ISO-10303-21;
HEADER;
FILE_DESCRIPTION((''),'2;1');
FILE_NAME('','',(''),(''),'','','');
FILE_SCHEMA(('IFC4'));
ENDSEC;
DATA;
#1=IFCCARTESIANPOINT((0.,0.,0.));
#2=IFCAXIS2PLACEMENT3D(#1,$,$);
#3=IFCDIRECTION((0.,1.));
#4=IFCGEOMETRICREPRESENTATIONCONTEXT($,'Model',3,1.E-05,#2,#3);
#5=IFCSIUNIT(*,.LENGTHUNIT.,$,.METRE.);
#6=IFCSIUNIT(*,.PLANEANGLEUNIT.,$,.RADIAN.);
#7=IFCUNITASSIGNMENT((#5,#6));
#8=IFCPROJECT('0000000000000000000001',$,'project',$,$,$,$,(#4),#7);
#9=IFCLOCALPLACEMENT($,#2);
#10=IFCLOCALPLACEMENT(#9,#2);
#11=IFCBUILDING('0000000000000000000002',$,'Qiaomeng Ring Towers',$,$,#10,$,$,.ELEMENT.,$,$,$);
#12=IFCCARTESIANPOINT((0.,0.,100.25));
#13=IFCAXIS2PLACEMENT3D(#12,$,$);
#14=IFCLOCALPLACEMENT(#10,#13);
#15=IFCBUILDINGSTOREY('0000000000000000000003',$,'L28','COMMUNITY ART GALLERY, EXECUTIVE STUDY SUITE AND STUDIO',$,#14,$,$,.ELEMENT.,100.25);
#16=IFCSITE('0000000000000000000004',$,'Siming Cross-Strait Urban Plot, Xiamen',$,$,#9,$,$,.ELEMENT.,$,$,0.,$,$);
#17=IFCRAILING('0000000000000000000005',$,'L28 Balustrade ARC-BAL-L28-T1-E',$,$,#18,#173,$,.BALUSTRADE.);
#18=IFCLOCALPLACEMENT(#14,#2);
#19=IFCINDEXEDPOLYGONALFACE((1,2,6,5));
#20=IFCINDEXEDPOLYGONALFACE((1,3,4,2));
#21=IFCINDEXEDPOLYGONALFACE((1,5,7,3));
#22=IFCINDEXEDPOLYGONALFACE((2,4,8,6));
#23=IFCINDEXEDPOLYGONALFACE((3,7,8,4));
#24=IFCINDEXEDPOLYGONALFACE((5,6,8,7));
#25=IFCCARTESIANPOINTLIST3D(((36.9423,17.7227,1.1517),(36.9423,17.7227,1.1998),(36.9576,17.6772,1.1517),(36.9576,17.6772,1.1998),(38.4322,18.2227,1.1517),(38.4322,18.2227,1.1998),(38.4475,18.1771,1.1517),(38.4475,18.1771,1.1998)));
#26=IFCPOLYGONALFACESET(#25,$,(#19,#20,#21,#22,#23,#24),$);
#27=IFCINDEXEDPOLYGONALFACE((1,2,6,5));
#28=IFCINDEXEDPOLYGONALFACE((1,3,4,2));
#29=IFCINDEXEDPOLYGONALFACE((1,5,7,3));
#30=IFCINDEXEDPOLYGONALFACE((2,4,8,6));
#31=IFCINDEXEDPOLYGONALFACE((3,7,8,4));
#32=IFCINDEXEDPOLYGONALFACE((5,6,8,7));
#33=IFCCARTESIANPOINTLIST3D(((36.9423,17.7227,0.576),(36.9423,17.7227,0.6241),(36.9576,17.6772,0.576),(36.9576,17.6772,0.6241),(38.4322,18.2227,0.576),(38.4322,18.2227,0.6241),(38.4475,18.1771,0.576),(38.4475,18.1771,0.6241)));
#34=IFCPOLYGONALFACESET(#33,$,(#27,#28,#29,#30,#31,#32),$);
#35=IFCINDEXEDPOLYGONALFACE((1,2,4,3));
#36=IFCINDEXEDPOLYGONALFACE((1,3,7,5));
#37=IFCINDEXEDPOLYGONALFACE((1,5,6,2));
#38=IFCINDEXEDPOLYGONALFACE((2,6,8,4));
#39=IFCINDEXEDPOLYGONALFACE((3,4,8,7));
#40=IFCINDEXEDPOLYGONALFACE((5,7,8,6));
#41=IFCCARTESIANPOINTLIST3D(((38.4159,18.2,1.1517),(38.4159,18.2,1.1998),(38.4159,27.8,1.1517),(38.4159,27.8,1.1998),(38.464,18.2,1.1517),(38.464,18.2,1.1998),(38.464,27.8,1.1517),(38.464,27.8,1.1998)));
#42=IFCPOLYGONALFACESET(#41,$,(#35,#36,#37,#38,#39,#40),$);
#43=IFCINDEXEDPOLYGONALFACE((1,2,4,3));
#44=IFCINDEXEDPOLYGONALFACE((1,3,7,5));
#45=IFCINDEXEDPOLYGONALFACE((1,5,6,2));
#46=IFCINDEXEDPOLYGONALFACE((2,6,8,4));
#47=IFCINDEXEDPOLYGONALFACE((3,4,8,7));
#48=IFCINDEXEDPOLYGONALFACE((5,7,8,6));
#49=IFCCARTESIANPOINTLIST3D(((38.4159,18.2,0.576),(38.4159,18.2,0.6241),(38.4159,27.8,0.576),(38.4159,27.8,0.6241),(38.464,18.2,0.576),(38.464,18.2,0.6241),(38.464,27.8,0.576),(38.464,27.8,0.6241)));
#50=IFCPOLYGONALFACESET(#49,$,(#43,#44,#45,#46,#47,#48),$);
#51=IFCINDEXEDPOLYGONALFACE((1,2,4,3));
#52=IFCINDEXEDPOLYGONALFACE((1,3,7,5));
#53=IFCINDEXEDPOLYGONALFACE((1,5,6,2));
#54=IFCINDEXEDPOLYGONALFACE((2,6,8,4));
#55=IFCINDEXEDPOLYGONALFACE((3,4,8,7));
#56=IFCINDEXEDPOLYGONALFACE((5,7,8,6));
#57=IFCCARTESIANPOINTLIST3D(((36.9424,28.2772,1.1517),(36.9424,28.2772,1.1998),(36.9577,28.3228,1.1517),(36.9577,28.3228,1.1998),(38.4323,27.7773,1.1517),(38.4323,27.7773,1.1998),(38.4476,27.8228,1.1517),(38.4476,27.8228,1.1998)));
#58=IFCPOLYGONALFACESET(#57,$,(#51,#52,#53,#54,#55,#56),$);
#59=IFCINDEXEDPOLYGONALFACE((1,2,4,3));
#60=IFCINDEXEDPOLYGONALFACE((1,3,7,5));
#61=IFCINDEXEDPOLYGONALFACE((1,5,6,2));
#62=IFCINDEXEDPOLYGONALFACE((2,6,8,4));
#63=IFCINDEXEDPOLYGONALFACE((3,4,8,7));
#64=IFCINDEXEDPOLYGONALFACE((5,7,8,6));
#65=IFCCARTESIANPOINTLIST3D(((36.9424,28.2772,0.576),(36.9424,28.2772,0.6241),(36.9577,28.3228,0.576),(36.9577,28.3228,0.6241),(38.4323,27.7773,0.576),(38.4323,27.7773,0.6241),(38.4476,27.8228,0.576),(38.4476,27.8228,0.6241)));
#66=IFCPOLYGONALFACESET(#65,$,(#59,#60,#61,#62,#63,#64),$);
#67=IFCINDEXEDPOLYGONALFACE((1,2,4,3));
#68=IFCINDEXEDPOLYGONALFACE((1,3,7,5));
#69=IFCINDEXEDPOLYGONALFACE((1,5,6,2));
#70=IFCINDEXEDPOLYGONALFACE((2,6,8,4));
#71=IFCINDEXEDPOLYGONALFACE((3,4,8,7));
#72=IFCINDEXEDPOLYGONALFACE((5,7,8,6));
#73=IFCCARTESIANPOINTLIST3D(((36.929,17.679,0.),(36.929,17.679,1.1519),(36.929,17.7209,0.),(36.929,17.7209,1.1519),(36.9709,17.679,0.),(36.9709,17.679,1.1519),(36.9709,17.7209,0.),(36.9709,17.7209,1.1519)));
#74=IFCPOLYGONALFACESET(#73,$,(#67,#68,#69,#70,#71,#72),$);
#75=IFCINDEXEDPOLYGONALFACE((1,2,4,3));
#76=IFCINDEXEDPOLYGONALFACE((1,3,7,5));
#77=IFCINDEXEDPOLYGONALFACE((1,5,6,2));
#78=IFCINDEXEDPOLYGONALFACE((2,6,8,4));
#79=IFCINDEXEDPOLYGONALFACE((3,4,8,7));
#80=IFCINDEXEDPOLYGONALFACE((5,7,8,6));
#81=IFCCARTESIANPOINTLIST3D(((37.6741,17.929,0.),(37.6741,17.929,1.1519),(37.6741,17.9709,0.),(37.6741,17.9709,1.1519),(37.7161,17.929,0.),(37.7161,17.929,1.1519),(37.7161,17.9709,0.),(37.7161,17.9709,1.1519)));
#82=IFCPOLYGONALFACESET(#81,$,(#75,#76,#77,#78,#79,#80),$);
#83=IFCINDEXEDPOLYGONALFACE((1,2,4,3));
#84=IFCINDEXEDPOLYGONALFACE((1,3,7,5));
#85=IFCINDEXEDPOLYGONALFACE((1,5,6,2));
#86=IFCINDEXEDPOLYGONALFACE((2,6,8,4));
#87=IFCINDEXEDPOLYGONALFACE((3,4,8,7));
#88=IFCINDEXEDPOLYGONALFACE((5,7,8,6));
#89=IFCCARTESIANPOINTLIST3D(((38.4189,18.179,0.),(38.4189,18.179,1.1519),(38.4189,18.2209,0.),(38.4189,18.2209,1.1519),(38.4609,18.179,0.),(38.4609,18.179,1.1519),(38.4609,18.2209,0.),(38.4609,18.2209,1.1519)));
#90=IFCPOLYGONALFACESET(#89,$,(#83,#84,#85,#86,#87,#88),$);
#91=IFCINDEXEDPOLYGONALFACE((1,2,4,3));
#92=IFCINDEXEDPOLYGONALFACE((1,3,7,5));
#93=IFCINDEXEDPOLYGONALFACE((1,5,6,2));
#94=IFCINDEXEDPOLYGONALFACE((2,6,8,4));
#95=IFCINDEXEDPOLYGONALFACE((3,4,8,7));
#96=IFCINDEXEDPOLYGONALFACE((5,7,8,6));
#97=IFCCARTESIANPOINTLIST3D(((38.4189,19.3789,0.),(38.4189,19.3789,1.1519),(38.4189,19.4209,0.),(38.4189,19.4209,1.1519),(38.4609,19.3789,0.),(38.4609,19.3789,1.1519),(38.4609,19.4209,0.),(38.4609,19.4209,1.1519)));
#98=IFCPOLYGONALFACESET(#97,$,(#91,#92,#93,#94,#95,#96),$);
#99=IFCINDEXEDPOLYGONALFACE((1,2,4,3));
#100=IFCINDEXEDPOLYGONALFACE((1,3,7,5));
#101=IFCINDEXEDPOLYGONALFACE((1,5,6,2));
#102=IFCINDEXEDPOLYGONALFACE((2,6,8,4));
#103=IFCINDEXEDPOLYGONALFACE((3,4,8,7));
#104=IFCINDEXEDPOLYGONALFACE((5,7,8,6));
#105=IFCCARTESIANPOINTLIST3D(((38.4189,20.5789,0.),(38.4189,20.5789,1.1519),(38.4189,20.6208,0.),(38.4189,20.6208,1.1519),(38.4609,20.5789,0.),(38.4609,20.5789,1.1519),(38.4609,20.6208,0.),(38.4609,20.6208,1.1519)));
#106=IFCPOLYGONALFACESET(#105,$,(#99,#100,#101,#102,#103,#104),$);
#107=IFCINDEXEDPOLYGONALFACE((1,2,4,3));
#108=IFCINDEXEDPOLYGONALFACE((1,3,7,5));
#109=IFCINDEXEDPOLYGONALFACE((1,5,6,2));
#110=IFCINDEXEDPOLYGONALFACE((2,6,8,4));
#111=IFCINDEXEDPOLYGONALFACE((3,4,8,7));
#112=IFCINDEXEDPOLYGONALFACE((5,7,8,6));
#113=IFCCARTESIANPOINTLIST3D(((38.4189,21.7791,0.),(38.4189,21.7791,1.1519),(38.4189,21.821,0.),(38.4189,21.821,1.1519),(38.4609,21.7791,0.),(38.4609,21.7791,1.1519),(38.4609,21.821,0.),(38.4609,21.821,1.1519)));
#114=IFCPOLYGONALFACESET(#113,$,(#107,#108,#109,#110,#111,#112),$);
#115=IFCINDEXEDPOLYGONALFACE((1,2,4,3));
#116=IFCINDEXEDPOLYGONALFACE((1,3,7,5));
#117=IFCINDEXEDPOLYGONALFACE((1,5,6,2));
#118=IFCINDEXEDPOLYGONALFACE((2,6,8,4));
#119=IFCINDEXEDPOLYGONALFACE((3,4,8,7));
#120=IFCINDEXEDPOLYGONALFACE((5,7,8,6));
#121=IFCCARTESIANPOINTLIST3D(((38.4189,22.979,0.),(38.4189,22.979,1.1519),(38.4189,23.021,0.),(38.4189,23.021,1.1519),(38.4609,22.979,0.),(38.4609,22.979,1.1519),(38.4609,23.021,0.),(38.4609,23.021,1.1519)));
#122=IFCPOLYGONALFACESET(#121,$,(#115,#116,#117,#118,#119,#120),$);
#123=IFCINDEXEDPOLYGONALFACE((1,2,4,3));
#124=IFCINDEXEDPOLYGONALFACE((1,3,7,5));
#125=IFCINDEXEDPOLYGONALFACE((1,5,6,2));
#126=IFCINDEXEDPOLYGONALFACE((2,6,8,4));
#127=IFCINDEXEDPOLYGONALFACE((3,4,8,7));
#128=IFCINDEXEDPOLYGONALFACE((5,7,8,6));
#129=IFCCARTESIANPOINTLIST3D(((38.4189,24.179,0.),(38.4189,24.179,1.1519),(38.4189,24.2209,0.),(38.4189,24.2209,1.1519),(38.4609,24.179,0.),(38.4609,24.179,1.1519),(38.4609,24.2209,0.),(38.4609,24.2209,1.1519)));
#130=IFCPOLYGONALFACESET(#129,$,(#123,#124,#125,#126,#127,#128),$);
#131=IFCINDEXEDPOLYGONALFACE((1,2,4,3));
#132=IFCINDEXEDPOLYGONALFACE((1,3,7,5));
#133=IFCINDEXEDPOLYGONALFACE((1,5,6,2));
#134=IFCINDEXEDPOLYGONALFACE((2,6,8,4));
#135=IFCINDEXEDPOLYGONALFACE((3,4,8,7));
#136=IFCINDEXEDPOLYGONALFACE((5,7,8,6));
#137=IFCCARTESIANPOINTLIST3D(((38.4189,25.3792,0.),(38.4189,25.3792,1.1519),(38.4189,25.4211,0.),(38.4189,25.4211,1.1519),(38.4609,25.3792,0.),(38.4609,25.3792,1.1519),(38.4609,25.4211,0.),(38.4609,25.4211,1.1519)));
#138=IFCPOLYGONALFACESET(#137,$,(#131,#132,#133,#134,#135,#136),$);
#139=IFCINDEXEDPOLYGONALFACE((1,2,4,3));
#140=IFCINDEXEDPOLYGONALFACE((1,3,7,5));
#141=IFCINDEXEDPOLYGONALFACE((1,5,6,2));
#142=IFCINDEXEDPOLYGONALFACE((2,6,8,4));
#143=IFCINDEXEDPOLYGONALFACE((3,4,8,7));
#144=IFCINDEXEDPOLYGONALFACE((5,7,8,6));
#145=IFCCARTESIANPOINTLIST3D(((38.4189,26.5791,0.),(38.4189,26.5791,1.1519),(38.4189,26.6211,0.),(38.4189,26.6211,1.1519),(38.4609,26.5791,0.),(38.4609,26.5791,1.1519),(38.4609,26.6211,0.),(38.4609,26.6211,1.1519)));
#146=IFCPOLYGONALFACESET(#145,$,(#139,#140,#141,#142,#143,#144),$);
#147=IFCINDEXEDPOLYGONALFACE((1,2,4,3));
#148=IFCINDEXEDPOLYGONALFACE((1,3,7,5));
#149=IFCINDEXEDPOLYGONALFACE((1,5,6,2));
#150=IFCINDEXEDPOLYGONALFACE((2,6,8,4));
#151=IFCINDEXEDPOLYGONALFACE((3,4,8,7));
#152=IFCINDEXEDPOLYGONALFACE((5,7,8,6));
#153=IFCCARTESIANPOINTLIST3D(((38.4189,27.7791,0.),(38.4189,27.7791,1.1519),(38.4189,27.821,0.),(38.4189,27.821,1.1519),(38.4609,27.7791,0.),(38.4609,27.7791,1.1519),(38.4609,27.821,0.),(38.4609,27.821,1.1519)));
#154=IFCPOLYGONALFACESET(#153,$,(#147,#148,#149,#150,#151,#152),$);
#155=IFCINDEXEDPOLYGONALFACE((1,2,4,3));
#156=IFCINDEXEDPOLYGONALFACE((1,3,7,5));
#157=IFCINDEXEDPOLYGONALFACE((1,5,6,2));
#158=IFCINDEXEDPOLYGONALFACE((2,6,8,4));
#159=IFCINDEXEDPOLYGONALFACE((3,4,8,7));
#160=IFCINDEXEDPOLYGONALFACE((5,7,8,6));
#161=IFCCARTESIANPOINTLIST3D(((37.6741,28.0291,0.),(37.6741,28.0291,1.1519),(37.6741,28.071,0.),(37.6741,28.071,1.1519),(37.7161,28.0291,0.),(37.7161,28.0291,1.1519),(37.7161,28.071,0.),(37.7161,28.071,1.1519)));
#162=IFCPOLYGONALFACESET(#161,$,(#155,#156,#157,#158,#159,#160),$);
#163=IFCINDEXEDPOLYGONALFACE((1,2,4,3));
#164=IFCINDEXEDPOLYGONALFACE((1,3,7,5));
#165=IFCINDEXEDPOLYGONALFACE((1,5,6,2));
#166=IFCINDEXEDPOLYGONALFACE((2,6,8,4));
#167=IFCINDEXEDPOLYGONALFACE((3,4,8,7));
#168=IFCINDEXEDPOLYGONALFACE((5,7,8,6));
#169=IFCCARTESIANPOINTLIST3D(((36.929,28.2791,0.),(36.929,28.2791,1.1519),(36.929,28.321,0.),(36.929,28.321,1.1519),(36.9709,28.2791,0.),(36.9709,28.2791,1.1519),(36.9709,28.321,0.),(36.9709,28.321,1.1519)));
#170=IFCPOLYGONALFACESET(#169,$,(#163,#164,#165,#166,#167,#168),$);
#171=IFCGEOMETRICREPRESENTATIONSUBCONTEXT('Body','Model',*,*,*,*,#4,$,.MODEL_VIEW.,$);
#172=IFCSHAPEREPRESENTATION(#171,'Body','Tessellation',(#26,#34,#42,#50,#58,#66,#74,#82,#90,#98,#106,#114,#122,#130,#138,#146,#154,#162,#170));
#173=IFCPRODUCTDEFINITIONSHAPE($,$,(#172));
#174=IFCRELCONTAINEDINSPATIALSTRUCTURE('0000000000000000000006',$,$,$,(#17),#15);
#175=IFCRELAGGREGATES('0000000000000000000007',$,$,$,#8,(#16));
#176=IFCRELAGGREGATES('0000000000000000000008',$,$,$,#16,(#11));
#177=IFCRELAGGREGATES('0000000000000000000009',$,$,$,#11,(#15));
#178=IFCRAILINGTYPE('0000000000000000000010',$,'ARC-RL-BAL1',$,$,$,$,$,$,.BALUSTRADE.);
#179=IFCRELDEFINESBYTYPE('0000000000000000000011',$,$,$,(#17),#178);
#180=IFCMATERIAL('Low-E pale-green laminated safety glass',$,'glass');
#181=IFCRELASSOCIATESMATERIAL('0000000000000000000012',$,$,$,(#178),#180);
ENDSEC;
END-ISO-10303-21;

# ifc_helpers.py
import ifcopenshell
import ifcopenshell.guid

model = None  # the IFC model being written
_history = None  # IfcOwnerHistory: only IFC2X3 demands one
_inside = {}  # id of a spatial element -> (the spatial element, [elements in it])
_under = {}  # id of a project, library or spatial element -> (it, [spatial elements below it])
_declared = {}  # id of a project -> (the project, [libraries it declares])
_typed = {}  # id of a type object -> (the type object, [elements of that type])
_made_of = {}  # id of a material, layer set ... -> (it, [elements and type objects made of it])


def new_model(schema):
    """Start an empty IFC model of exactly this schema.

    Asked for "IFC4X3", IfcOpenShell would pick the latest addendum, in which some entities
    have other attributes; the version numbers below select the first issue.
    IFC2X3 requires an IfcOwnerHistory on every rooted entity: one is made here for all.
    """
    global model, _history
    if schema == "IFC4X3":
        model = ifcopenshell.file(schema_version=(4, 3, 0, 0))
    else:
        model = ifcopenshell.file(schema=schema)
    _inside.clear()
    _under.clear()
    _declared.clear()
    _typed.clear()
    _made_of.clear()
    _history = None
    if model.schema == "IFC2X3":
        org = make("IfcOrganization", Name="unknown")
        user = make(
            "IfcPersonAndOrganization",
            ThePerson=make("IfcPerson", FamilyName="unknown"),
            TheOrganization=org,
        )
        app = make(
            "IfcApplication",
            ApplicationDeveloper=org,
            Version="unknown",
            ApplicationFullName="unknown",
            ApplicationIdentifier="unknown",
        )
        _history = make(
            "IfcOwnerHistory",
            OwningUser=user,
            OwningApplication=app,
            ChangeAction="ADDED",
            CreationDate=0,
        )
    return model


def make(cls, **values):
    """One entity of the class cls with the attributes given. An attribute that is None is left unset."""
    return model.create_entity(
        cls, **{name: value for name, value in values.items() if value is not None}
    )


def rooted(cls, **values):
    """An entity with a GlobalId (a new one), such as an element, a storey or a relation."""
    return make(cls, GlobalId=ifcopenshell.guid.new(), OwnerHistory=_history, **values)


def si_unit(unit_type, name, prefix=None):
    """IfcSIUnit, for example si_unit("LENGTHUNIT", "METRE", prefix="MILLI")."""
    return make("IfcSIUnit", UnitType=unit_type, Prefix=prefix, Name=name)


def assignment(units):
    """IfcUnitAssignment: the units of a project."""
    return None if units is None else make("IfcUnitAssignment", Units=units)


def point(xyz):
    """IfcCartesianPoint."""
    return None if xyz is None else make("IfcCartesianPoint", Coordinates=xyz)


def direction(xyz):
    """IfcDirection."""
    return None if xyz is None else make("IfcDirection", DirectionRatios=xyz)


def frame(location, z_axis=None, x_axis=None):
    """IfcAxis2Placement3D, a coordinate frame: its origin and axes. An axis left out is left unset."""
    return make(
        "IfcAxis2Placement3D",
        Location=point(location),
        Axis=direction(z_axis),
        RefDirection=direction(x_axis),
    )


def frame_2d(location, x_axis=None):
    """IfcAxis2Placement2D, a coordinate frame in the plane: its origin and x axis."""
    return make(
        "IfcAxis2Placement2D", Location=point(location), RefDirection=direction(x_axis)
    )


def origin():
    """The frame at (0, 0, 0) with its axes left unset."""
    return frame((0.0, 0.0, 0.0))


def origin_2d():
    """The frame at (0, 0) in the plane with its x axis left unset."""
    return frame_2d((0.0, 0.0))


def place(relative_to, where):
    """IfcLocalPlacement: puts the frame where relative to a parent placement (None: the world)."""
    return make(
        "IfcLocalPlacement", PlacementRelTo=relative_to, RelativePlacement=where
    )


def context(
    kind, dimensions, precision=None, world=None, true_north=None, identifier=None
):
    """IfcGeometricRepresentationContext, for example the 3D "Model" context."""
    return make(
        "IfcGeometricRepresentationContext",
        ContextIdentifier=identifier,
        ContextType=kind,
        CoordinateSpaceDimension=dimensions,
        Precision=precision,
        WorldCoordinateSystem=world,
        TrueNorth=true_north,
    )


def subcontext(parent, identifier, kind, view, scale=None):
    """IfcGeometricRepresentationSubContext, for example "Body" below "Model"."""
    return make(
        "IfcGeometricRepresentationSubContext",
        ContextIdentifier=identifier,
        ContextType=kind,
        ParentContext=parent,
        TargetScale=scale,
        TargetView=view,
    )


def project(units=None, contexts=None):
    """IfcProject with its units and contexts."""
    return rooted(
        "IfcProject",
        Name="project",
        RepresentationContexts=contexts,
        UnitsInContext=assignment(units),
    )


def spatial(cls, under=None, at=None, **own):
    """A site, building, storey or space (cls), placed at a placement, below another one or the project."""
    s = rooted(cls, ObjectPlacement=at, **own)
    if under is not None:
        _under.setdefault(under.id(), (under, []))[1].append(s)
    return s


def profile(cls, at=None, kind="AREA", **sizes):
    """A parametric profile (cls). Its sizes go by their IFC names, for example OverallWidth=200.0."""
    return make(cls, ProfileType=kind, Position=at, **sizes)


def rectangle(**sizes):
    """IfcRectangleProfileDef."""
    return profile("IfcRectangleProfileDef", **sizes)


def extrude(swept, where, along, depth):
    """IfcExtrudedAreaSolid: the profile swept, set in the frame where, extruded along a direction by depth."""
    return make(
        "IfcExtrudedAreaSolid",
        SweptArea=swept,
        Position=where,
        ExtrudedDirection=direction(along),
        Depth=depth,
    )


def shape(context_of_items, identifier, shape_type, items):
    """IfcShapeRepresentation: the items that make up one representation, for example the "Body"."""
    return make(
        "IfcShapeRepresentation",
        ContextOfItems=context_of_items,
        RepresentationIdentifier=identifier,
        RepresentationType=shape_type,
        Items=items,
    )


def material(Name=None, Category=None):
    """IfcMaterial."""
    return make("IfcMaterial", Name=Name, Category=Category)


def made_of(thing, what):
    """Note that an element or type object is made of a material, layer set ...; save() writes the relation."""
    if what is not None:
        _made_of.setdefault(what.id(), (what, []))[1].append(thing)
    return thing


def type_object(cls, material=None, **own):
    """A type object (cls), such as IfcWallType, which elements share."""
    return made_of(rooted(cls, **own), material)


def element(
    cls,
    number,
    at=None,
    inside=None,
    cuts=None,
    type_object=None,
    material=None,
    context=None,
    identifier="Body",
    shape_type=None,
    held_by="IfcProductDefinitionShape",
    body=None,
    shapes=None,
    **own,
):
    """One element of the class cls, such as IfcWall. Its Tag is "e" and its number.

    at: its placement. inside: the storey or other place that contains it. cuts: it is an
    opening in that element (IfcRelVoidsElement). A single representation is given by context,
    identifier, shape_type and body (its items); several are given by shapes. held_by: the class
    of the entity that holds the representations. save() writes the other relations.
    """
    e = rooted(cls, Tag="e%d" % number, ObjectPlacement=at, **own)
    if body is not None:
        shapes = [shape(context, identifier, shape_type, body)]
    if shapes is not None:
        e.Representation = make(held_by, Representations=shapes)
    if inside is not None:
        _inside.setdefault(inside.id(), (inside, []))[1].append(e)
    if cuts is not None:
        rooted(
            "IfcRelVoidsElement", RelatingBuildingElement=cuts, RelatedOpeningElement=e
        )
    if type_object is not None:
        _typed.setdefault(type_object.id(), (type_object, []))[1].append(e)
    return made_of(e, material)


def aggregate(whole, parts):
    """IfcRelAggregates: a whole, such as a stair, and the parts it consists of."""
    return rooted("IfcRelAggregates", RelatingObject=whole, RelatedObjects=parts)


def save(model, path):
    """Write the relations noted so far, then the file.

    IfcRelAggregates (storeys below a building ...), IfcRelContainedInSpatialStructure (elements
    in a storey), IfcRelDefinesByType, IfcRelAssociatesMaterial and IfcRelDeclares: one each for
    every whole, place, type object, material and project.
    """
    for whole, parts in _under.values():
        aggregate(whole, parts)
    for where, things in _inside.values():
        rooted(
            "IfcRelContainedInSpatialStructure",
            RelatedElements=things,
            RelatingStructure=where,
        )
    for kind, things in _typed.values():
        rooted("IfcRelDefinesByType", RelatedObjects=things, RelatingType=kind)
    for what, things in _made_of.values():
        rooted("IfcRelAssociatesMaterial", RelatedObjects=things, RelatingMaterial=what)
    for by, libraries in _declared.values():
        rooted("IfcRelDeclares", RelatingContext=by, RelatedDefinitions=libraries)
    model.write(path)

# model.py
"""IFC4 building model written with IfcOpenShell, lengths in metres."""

from ifc_helpers import new_model, si_unit, direction, frame, origin, origin_2d, place, context, subcontext, project, spatial, rectangle, extrude, material, type_object, element, save


model = new_model("IFC4")

# Units and contexts
model_context = context("Model", 3, precision=1e-05, world=origin(), true_north=direction((0.0, 1.0)))
body_context = subcontext(model_context, "Body", "Model", "MODEL_VIEW")
ifc_project = project(units=[si_unit("LENGTHUNIT", "METRE"), si_unit("PLANEANGLEUNIT", "RADIAN")], contexts=[model_context])

# Site, building, storey
site_placement = place(None, origin())
site = spatial("IfcSite", under=ifc_project, at=site_placement, Name="Siming Cross-Strait Urban Plot, Xiamen", CompositionType="ELEMENT", RefElevation=0.0)
building_placement = place(site_placement, origin())
building = spatial("IfcBuilding", under=site, at=building_placement, Name="Qiaomeng Ring Towers", CompositionType="ELEMENT")
storey_placement = place(building_placement, frame((0.0, 0.0, 100.25)))
storey = spatial("IfcBuildingStorey", under=building, at=storey_placement, Name="L28", Description="COMMUNITY ART GALLERY, EXECUTIVE STUDY SUITE AND STUDIO", CompositionType="ELEMENT", Elevation=100.25)

# Railing
ifc_material_1 = material(Name="Low-E pale-green laminated safety glass", Category="glass")
railing_type = type_object("IfcRailingType", Name="ARC-RL-BAL1", PredefinedType="BALUSTRADE", material=ifc_material_1)
railing_1_placement = place(storey_placement, frame((36.95, 17.7, 0.0)))
element("IfcRailing", 1, at=railing_1_placement, inside=storey, type_object=railing_type, Name="L28 Balustrade ARC-BAL-L28-T1-E", PredefinedType="BALUSTRADE", context=body_context, shape_type="SweptSolid", body=[
    extrude(rectangle(XDim=0.0481, YDim=0.0481, at=origin_2d()), frame((0.0, 0.0, 1.1758), z_axis=(0.948044, 0.318138, 0.0), x_axis=(-0.318138, 0.948044, 0.0)), (0.0, 0.0, 1.0), 1.5715),
    extrude(rectangle(XDim=0.0481, YDim=0.0481, at=origin_2d()), frame((0.0, 0.0, 0.6001), z_axis=(0.948044, 0.318138, 0.0), x_axis=(-0.318138, 0.948044, 0.0)), (0.0, 0.0, 1.0), 1.5715),
    extrude(rectangle(XDim=0.0481, YDim=0.0481, at=origin_2d()), frame((1.49, 0.5, 1.1758), z_axis=(0.0, 1.0, 0.0), x_axis=(-1.0, 0.0, 0.0)), (0.0, 0.0, 1.0), 9.6001),
    extrude(rectangle(XDim=0.0481, YDim=0.0481, at=origin_2d()), frame((1.49, 0.5, 0.6001), z_axis=(0.0, 1.0, 0.0), x_axis=(-1.0, 0.0, 0.0)), (0.0, 0.0, 1.0), 9.6001),
    extrude(rectangle(XDim=0.0481, YDim=0.0481, at=origin_2d()), frame((1.49, 10.1001, 1.1758), z_axis=(-0.948044, 0.318138, 0.0), x_axis=(-0.318138, -0.948044, 0.0)), (0.0, 0.0, 1.0), 1.5715),
    extrude(rectangle(XDim=0.0481, YDim=0.0481, at=origin_2d()), frame((1.49, 10.1001, 0.6001), z_axis=(-0.948044, 0.318138, 0.0), x_axis=(-0.318138, -0.948044, 0.0)), (0.0, 0.0, 1.0), 1.5715),
    extrude(rectangle(XDim=0.042, YDim=0.042, at=origin_2d()), origin(), (0.0, 0.0, 1.0), 1.1519),
    extrude(rectangle(XDim=0.042, YDim=0.042, at=origin_2d()), frame((0.7451, 0.25, 0.0)), (0.0, 0.0, 1.0), 1.1519),
    extrude(rectangle(XDim=0.042, YDim=0.042, at=origin_2d()), frame((1.49, 0.5, 0.0)), (0.0, 0.0, 1.0), 1.1519),
    extrude(rectangle(XDim=0.042, YDim=0.042, at=origin_2d()), frame((1.49, 1.7, 0.0)), (0.0, 0.0, 1.0), 1.1519),
    extrude(rectangle(XDim=0.042, YDim=0.042, at=origin_2d()), frame((1.49, 2.8999, 0.0)), (0.0, 0.0, 1.0), 1.1519),
    extrude(rectangle(XDim=0.042, YDim=0.042, at=origin_2d()), frame((1.49, 4.1001, 0.0)), (0.0, 0.0, 1.0), 1.1519),
    extrude(rectangle(XDim=0.042, YDim=0.042, at=origin_2d()), frame((1.49, 5.3, 0.0)), (0.0, 0.0, 1.0), 1.1519),
    extrude(rectangle(XDim=0.042, YDim=0.042, at=origin_2d()), frame((1.49, 6.5, 0.0)), (0.0, 0.0, 1.0), 1.1519),
    extrude(rectangle(XDim=0.042, YDim=0.042, at=origin_2d()), frame((1.49, 7.7002, 0.0)), (0.0, 0.0, 1.0), 1.1519),
    extrude(rectangle(XDim=0.042, YDim=0.042, at=origin_2d()), frame((1.49, 8.9001, 0.0)), (0.0, 0.0, 1.0), 1.1519),
    extrude(rectangle(XDim=0.042, YDim=0.042, at=origin_2d()), frame((1.49, 10.1001, 0.0)), (0.0, 0.0, 1.0), 1.1519),
    extrude(rectangle(XDim=0.042, YDim=0.042, at=origin_2d()), frame((0.7451, 10.3501, 0.0)), (0.0, 0.0, 1.0), 1.1519),
    extrude(rectangle(XDim=0.042, YDim=0.042, at=origin_2d()), frame((0.0, 10.6001, 0.0)), (0.0, 0.0, 1.0), 1.1519),
])

save(model, "model.ifc")
